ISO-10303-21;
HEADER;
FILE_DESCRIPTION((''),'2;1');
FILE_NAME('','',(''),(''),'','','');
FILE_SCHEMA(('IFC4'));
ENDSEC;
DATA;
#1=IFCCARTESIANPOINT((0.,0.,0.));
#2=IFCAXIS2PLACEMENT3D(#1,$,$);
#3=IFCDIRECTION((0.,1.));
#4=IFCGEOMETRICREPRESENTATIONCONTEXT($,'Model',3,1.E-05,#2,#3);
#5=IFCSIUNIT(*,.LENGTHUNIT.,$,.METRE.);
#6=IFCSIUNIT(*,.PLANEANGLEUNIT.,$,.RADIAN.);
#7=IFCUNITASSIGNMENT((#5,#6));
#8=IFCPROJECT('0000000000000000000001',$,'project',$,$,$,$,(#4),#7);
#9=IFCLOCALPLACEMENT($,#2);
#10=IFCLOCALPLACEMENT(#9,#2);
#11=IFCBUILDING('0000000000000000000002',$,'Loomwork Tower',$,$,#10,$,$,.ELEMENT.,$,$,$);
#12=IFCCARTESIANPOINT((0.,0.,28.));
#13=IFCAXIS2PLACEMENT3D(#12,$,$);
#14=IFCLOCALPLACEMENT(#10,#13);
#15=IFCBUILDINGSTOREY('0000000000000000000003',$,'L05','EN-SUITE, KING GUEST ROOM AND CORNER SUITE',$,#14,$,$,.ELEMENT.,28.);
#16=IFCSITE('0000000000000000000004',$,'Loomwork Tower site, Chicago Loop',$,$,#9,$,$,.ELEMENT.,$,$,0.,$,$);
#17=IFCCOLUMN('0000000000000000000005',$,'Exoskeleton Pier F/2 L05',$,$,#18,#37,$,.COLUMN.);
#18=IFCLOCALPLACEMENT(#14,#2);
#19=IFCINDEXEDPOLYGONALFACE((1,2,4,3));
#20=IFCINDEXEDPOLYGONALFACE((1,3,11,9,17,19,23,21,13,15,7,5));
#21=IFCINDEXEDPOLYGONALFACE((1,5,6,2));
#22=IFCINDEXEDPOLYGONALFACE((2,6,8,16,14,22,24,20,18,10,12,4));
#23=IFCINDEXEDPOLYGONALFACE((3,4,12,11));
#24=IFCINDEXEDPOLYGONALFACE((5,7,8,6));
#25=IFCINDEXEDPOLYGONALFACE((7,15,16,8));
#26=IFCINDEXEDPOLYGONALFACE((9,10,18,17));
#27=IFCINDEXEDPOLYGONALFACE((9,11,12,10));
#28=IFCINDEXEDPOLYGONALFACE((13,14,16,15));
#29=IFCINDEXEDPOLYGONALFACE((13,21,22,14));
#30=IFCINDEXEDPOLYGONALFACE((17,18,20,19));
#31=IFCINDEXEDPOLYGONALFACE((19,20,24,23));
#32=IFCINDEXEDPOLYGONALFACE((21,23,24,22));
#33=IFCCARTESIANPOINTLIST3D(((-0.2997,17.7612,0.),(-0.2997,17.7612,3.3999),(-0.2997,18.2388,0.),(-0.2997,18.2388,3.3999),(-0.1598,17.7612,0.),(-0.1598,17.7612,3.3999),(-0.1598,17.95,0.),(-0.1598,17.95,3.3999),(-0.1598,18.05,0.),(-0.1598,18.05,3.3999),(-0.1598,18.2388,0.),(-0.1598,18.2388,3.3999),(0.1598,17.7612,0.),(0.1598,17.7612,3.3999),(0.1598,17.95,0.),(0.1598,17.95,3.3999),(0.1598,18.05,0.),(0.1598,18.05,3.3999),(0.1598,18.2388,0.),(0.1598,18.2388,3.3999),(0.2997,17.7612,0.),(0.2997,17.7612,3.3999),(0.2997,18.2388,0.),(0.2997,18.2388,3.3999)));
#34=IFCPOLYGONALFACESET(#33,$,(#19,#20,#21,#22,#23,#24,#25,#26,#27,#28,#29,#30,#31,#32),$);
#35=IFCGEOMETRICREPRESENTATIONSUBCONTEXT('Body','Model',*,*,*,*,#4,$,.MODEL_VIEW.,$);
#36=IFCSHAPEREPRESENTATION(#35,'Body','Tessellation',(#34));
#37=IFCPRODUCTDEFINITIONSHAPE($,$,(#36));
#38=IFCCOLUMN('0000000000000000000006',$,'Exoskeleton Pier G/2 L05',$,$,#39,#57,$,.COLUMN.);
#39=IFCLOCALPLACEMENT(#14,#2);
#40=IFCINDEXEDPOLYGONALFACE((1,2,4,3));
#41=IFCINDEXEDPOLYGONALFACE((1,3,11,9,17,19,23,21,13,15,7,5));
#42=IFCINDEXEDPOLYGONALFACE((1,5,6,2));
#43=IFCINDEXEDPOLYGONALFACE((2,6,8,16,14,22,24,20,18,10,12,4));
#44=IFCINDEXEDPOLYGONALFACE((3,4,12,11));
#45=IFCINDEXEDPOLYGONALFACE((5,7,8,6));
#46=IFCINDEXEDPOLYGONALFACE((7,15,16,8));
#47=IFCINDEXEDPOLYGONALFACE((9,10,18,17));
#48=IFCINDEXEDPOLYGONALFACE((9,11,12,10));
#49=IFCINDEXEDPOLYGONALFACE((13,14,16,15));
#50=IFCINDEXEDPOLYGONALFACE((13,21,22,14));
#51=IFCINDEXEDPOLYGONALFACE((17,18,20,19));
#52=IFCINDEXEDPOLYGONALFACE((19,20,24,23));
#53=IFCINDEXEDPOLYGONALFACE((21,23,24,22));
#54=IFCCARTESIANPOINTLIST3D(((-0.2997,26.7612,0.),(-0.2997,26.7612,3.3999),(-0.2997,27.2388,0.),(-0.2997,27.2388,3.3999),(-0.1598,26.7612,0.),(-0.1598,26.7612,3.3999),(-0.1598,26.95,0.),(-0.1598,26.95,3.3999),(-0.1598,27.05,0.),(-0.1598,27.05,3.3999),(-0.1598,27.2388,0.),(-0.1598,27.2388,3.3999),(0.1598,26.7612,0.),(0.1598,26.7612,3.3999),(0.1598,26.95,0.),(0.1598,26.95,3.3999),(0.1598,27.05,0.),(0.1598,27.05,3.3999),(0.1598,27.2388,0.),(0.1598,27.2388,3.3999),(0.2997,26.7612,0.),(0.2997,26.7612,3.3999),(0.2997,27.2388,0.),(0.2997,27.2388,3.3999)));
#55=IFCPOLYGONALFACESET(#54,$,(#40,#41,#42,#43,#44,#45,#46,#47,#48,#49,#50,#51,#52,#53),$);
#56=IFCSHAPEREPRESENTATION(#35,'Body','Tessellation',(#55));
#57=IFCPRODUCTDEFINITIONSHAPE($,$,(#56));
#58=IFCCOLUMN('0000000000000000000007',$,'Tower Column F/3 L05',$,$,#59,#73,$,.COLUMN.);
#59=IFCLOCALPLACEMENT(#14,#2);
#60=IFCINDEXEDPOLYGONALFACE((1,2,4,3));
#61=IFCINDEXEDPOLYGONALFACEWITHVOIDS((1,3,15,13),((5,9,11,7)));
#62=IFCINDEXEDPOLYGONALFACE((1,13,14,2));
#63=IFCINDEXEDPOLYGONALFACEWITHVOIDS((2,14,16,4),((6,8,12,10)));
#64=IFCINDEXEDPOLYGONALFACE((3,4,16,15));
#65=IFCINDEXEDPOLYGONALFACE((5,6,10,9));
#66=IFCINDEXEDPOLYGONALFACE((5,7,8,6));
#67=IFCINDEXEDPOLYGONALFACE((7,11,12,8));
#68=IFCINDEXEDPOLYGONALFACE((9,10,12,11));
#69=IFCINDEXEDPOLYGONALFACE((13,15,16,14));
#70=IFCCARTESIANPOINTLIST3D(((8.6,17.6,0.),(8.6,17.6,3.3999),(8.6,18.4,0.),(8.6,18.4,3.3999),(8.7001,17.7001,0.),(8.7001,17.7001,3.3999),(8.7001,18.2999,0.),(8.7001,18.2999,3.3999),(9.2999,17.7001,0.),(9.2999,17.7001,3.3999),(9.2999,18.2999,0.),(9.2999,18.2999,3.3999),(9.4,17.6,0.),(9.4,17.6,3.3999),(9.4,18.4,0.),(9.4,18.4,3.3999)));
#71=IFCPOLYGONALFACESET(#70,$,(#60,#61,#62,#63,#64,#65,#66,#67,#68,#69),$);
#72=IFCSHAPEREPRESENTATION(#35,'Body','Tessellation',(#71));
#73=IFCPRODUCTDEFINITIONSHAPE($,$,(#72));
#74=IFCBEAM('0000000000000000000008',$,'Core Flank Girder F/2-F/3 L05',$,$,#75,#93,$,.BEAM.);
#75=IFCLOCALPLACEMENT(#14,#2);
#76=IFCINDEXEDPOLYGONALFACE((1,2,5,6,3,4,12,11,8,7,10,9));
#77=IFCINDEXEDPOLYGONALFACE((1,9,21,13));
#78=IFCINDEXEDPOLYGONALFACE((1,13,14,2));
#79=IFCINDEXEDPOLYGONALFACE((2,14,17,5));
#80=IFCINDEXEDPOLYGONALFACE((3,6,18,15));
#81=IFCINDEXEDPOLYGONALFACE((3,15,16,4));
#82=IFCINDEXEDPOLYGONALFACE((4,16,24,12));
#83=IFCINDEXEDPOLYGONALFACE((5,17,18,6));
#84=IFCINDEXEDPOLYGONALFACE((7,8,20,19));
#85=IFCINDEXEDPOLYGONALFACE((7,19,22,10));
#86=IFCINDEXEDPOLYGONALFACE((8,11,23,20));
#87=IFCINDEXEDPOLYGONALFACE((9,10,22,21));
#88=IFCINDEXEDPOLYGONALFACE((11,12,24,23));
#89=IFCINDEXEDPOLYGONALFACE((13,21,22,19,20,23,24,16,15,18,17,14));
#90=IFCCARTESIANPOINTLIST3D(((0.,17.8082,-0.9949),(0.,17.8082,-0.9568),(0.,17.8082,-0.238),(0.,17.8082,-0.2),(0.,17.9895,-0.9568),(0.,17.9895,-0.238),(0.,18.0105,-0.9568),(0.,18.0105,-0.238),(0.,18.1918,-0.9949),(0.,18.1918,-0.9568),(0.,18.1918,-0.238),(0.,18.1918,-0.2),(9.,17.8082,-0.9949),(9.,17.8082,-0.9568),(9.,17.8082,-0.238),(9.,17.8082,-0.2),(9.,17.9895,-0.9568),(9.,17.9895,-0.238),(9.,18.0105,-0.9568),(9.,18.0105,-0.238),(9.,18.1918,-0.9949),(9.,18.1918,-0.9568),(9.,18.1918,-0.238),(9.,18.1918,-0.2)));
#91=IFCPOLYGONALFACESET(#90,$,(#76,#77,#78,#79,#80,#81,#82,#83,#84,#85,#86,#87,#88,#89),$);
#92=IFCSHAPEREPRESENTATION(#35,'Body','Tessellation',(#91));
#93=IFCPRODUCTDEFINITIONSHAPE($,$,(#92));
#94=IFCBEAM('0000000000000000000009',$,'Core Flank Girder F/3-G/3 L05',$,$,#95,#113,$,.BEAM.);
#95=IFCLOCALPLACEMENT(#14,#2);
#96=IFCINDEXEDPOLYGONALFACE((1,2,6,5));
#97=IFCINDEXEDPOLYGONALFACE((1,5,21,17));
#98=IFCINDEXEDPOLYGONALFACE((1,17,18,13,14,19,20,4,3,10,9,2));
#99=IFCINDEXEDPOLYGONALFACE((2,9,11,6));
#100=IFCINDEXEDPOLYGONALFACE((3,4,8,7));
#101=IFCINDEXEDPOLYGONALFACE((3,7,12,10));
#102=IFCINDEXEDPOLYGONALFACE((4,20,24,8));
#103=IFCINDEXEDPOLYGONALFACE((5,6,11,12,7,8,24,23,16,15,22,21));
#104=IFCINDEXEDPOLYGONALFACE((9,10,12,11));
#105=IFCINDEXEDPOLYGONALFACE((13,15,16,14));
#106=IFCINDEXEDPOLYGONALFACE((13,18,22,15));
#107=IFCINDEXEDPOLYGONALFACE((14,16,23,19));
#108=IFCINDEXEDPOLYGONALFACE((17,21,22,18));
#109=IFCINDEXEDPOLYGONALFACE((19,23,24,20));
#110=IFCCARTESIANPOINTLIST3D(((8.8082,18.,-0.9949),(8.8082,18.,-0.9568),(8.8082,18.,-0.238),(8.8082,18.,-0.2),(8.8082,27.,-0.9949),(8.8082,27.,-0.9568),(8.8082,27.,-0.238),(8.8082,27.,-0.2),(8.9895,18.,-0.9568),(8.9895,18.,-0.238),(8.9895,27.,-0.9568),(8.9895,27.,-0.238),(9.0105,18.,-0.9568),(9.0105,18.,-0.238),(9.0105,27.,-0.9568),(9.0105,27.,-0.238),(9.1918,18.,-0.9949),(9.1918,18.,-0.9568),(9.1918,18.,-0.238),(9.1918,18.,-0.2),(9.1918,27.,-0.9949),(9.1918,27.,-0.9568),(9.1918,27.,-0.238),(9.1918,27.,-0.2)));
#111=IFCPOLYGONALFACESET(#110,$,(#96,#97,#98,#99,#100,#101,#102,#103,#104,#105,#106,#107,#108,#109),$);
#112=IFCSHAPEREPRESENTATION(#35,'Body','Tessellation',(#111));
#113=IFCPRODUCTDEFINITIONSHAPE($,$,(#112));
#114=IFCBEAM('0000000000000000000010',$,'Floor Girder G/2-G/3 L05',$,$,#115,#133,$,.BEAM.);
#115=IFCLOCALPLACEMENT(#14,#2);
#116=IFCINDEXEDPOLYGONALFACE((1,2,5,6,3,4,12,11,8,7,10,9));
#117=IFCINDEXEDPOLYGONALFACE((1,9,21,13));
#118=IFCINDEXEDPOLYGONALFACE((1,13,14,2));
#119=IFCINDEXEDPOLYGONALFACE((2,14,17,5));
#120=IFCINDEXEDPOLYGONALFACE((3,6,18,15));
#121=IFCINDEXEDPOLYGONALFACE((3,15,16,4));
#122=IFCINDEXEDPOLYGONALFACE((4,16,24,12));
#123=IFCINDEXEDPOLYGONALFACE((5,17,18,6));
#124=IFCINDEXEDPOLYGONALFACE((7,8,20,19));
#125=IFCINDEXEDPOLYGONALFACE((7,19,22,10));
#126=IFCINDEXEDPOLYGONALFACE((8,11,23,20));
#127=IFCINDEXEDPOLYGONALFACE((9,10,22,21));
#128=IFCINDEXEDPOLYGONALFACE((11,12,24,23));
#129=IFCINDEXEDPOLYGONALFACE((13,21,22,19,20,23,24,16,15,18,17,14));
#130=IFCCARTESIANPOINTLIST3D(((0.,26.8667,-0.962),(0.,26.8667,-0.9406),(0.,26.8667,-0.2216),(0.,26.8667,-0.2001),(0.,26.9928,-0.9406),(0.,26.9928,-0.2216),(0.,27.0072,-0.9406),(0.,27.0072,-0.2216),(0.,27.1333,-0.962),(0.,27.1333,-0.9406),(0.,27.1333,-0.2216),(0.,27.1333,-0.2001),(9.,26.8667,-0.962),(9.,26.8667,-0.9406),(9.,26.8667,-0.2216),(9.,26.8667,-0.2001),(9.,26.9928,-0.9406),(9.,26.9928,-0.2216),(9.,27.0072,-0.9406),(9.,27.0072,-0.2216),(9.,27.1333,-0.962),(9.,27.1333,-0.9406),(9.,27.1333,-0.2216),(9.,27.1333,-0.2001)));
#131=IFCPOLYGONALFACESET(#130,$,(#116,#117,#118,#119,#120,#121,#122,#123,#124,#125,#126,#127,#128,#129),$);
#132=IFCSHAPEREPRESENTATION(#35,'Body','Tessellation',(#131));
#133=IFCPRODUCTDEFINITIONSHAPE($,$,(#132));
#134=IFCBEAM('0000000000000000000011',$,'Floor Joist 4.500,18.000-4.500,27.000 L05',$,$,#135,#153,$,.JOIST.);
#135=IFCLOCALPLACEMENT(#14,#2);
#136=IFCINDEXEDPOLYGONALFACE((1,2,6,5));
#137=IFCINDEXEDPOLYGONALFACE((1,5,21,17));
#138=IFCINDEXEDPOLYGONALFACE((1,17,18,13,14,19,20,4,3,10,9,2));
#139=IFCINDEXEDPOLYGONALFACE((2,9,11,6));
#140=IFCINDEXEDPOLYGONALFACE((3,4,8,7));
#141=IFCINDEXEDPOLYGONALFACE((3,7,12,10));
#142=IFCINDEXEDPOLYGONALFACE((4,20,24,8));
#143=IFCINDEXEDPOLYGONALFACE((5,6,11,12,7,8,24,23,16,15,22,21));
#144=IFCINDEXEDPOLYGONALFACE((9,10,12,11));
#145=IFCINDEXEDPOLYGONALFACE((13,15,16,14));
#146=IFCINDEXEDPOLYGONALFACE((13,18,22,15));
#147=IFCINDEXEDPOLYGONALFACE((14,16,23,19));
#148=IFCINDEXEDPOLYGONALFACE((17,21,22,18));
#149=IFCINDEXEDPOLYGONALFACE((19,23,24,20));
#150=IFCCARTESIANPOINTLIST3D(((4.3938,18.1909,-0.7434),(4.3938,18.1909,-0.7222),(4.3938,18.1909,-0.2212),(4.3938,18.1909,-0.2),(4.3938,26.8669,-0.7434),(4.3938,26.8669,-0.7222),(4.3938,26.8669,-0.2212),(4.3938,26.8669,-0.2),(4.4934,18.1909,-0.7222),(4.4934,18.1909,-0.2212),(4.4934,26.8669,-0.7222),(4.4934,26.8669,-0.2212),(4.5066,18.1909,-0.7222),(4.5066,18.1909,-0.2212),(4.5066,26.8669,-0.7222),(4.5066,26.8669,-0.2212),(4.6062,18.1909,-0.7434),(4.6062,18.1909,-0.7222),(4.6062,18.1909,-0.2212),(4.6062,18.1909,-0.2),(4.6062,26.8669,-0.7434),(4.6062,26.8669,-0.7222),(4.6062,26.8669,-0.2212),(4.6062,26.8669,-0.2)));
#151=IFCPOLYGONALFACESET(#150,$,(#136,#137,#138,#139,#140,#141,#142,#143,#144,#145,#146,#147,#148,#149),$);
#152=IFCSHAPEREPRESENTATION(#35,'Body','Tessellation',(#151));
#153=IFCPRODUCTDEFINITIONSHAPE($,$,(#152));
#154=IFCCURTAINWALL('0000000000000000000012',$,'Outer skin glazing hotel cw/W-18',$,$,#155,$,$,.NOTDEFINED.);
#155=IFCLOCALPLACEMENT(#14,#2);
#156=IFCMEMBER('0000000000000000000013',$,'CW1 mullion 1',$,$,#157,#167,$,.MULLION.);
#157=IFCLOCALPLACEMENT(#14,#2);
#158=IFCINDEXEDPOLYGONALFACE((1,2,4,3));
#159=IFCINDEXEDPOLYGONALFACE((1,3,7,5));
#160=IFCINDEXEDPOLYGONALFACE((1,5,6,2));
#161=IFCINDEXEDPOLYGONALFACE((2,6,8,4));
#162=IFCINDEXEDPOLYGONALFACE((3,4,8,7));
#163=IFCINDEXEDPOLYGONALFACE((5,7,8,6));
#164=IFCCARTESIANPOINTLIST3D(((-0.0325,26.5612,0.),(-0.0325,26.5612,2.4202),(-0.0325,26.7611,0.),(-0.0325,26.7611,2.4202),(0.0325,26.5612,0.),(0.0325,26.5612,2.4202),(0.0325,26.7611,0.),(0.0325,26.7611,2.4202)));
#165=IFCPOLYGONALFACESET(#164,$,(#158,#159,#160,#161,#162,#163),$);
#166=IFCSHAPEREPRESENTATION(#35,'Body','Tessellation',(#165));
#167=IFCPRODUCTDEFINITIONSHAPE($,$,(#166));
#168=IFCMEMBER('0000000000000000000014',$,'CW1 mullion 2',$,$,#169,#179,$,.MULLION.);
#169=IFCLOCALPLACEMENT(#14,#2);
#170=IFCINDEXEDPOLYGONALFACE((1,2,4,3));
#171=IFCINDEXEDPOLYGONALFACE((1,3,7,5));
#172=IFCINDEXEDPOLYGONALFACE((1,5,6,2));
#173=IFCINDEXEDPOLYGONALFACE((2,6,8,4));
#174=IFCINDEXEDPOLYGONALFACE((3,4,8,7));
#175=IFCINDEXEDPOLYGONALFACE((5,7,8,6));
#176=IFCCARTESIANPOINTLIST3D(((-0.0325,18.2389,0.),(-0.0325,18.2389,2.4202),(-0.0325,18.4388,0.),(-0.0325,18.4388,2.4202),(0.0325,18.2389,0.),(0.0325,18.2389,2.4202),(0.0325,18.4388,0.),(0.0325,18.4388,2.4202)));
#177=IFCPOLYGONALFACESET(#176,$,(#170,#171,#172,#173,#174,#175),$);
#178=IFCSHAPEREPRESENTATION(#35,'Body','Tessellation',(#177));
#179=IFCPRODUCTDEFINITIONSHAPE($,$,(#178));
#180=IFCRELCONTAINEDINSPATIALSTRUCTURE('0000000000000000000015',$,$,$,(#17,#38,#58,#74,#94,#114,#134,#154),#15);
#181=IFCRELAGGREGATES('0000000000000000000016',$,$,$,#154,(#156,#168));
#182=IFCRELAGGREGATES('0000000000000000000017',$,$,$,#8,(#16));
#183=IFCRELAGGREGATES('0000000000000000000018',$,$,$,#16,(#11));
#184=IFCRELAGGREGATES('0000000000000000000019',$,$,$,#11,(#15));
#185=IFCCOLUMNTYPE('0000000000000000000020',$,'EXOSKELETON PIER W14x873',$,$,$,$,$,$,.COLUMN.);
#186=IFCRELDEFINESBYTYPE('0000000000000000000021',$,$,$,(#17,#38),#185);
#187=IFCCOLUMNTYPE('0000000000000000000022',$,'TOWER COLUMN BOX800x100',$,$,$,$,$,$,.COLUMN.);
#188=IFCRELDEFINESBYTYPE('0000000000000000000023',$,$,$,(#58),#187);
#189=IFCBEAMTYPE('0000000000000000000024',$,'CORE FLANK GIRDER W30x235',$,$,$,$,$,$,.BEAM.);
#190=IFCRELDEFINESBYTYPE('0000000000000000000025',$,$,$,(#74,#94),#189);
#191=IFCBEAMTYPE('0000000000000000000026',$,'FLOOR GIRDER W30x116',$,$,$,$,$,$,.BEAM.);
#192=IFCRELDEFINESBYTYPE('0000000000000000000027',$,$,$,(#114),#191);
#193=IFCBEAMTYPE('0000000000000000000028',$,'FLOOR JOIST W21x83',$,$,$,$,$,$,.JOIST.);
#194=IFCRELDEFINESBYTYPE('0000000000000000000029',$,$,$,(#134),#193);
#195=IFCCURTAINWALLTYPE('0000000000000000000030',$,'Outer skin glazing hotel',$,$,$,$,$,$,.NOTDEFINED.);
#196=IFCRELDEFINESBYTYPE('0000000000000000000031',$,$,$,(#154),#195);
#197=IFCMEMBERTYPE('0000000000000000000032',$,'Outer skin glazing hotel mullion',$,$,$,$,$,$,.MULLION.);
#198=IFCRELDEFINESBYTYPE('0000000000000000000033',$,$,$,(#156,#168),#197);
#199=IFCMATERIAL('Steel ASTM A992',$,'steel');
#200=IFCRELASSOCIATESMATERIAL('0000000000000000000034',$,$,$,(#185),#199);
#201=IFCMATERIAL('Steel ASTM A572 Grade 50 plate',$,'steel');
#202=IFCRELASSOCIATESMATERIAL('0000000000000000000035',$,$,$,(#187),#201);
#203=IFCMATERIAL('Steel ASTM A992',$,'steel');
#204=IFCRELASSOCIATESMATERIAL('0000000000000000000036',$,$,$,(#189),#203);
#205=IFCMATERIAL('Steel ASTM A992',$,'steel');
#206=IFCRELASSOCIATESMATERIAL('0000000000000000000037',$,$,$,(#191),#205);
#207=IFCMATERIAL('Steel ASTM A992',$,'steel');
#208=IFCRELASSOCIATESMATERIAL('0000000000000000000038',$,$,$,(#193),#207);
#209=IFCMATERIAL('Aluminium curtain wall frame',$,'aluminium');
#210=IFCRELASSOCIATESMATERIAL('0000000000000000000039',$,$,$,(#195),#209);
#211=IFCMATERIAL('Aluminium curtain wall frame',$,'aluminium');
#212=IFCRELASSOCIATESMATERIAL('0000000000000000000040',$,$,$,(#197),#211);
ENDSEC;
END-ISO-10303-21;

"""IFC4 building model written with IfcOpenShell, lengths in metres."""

from ifc_helpers import new_model, si_unit, direction, frame, origin, origin_2d, place, context, subcontext, project, spatial, rectangle, hollow_rectangle, i_section, extrude, material, material_profile, profile_set, type_object, element, aggregate, save


model = new_model("IFC4")

# Units and contexts
model_context = context("Model", 3, precision=1e-05, world=origin(), true_north=direction((0.0, 1.0)))
body_context = subcontext(model_context, "Body", "Model", "MODEL_VIEW")
ifc_project = project(units=[si_unit("LENGTHUNIT", "METRE"), si_unit("PLANEANGLEUNIT", "RADIAN")], contexts=[model_context])

# Site, building, storey
site_placement = place(None, origin())
site = spatial("IfcSite", under=ifc_project, at=site_placement, Name="Loomwork Tower site, Chicago Loop", CompositionType="ELEMENT", RefElevation=0.0)
building_placement = place(site_placement, origin())
building = spatial("IfcBuilding", under=site, at=building_placement, Name="Loomwork Tower", CompositionType="ELEMENT")
storey_placement = place(building_placement, frame((0.0, 0.0, 28.0)))
storey = spatial("IfcBuildingStorey", under=building, at=storey_placement, Name="L05", Description="EN-SUITE, KING GUEST ROOM AND CORNER SUITE", CompositionType="ELEMENT", Elevation=28.0)

# Columns
ifc_material_1 = material(Name="Steel ASTM A992", Category="steel")
ifc_material_profile_1 = material_profile(ifc_material_1, i_section(OverallWidth=0.4775, OverallDepth=0.5994, WebThickness=0.1001, FlangeThickness=0.1399, at=origin_2d()), Name="W14x873")
ifc_profile_set_1 = profile_set([ifc_material_profile_1], Name="Steel ASTM A992")
column_type_1 = type_object("IfcColumnType", Name="EXOSKELETON PIER W14x873", PredefinedType="COLUMN", material=ifc_profile_set_1)
for number, where, z_axis, x_axis, name in (
    (1, (0.0, 18.0, 0.0), (0.0, 0.0, 1.0), (0.0, 1.0, 0.0), "Exoskeleton Pier F/2 L05"),
    (2, (0.0, 27.0, 0.0), (0.0, 0.0, 1.0), (0.0, 1.0, 0.0), "Exoskeleton Pier G/2 L05"),
):
    element("IfcColumn", number, at=place(storey_placement, frame(where, z_axis=z_axis, x_axis=x_axis)), inside=storey, type_object=column_type_1, Name=name, PredefinedType="COLUMN", context=body_context, shape_type="SweptSolid", body=[
        extrude(i_section(OverallWidth=0.4775, OverallDepth=0.5994, WebThickness=0.1001, FlangeThickness=0.1399, at=origin_2d()), origin(), (0.0, 0.0, 1.0), 3.3999),
    ])
ifc_material_2 = material(Name="Steel ASTM A572 Grade 50 plate", Category="steel")
ifc_material_profile_2 = material_profile(ifc_material_2, hollow_rectangle(XDim=0.8, YDim=0.8, WallThickness=0.1001, at=origin_2d()), Name="BOX800x100")
ifc_profile_set_2 = profile_set([ifc_material_profile_2], Name="Steel ASTM A572 Grade 50 plate")
column_type_2 = type_object("IfcColumnType", Name="TOWER COLUMN BOX800x100", PredefinedType="COLUMN", material=ifc_profile_set_2)
column_placement = place(storey_placement, frame((9.0, 18.0, 0.0), z_axis=(0.0, 0.0, 1.0), x_axis=(1.0, 0.0, 0.0)))
element("IfcColumn", 3, at=column_placement, inside=storey, type_object=column_type_2, Name="Tower Column F/3 L05", PredefinedType="COLUMN", context=body_context, shape_type="SweptSolid", body=[
    extrude(hollow_rectangle(XDim=0.8, YDim=0.8, WallThickness=0.1001, at=origin_2d()), origin(), (0.0, 0.0, 1.0), 3.3999),
])

# Beams
ifc_material_3 = material(Name="Steel ASTM A992", Category="steel")
ifc_material_profile_3 = material_profile(ifc_material_3, i_section(OverallWidth=0.3835, OverallDepth=0.7949, WebThickness=0.021, FlangeThickness=0.0381, at=origin_2d()), Name="W30x235")
ifc_profile_set_3 = profile_set([ifc_material_profile_3], Name="Steel ASTM A992")
beam_type_1 = type_object("IfcBeamType", Name="CORE FLANK GIRDER W30x235", PredefinedType="BEAM", material=ifc_profile_set_3)
for number, where, z_axis, x_axis, name in (
    (4, (0.0, 18.0, -0.5974), (1.0, 0.0, 0.0), (0.0, 1.0, 0.0), "Core Flank Girder F/2-F/3 L05"),
    (5, (9.0, 18.0, -0.5974), (0.0, 1.0, 0.0), (-1.0, 0.0, 0.0), "Core Flank Girder F/3-G/3 L05"),
):
    element("IfcBeam", number, at=place(storey_placement, frame(where, z_axis=z_axis, x_axis=x_axis)), inside=storey, type_object=beam_type_1, Name=name, PredefinedType="BEAM", context=body_context, shape_type="SweptSolid", body=[
        extrude(i_section(OverallWidth=0.3835, OverallDepth=0.7949, WebThickness=0.021, FlangeThickness=0.0381, at=origin_2d()), origin(), (0.0, 0.0, 1.0), 9.0),
    ])
ifc_material_4 = material(Name="Steel ASTM A992", Category="steel")
ifc_material_profile_4 = material_profile(ifc_material_4, i_section(OverallWidth=0.2666, OverallDepth=0.762, WebThickness=0.0144, FlangeThickness=0.0215, at=origin_2d()), Name="W30x116")
ifc_profile_set_4 = profile_set([ifc_material_profile_4], Name="Steel ASTM A992")
beam_type_2 = type_object("IfcBeamType", Name="FLOOR GIRDER W30x116", PredefinedType="BEAM", material=ifc_profile_set_4)
beam_1_placement = place(storey_placement, frame((0.0, 27.0, -0.5811), z_axis=(1.0, 0.0, 0.0), x_axis=(0.0, 1.0, 0.0)))
element("IfcBeam", 6, at=beam_1_placement, inside=storey, type_object=beam_type_2, Name="Floor Girder G/2-G/3 L05", PredefinedType="BEAM", context=body_context, shape_type="SweptSolid", body=[
    extrude(i_section(OverallWidth=0.2666, OverallDepth=0.762, WebThickness=0.0144, FlangeThickness=0.0215, at=origin_2d()), origin(), (0.0, 0.0, 1.0), 9.0),
])
ifc_material_5 = material(Name="Steel ASTM A992", Category="steel")
ifc_material_profile_5 = material_profile(ifc_material_5, i_section(OverallWidth=0.2124, OverallDepth=0.5435, WebThickness=0.0132, FlangeThickness=0.0212, at=origin_2d()), Name="W21x83")
ifc_profile_set_5 = profile_set([ifc_material_profile_5], Name="Steel ASTM A992")
beam_type_3 = type_object("IfcBeamType", Name="FLOOR JOIST W21x83", PredefinedType="JOIST", material=ifc_profile_set_5)
beam_2_placement = place(storey_placement, frame((4.5, 18.1909, -0.4717), z_axis=(0.0, 1.0, 0.0), x_axis=(-1.0, 0.0, 0.0)))
element("IfcBeam", 7, at=beam_2_placement, inside=storey, type_object=beam_type_3, Name="Floor Joist 4.500,18.000-4.500,27.000 L05", PredefinedType="JOIST", context=body_context, shape_type="SweptSolid", body=[
    extrude(i_section(OverallWidth=0.2124, OverallDepth=0.5435, WebThickness=0.0132, FlangeThickness=0.0212, at=origin_2d()), origin(), (0.0, 0.0, 1.0), 8.676),
])

# Curtain wall, members
ifc_material_6 = material(Name="Aluminium curtain wall frame", Category="aluminium")
curtain_wall_type = type_object("IfcCurtainWallType", Name="Outer skin glazing hotel", PredefinedType="NOTDEFINED", material=ifc_material_6)
curtain_wall_placement = place(storey_placement, origin())
curtain_wall = element("IfcCurtainWall", 8, at=curtain_wall_placement, inside=storey, type_object=curtain_wall_type, Name="Outer skin glazing hotel cw/W-18", PredefinedType="NOTDEFINED")
ifc_material_7 = material(Name="Aluminium curtain wall frame", Category="aluminium")
ifc_material_profile_6 = material_profile(ifc_material_7, rectangle(XDim=0.0649, YDim=0.2, at=origin_2d()), Name="AL 65x200")
ifc_profile_set_6 = profile_set([ifc_material_profile_6], Name="Aluminium curtain wall frame")
member_type_1 = type_object("IfcMemberType", Name="Outer skin glazing hotel mullion", PredefinedType="MULLION", material=ifc_profile_set_6)
member_1_placement = place(storey_placement, frame((0.0, 26.6611, 0.0), z_axis=(0.0, 0.0, 1.0), x_axis=(1.0, 0.0, 0.0)))
member_1 = element("IfcMember", 9, at=member_1_placement, type_object=member_type_1, Name="CW1 mullion 1", PredefinedType="MULLION", context=body_context, shape_type="SweptSolid", body=[
    extrude(rectangle(XDim=0.0649, YDim=0.2, at=origin_2d()), origin(), (0.0, 0.0, 1.0), 2.4202),
])
member_2_placement = place(storey_placement, frame((0.0, 18.3389, 0.0), z_axis=(0.0, 0.0, 1.0), x_axis=(1.0, 0.0, 0.0)))
member_2 = element("IfcMember", 10, at=member_2_placement, type_object=member_type_1, Name="CW1 mullion 2", PredefinedType="MULLION", context=body_context, shape_type="SweptSolid", body=[
    extrude(rectangle(XDim=0.0649, YDim=0.2, at=origin_2d()), origin(), (0.0, 0.0, 1.0), 2.4202),
])

aggregate(curtain_wall, [member_1, member_2])

save(model, "model.ifc")
